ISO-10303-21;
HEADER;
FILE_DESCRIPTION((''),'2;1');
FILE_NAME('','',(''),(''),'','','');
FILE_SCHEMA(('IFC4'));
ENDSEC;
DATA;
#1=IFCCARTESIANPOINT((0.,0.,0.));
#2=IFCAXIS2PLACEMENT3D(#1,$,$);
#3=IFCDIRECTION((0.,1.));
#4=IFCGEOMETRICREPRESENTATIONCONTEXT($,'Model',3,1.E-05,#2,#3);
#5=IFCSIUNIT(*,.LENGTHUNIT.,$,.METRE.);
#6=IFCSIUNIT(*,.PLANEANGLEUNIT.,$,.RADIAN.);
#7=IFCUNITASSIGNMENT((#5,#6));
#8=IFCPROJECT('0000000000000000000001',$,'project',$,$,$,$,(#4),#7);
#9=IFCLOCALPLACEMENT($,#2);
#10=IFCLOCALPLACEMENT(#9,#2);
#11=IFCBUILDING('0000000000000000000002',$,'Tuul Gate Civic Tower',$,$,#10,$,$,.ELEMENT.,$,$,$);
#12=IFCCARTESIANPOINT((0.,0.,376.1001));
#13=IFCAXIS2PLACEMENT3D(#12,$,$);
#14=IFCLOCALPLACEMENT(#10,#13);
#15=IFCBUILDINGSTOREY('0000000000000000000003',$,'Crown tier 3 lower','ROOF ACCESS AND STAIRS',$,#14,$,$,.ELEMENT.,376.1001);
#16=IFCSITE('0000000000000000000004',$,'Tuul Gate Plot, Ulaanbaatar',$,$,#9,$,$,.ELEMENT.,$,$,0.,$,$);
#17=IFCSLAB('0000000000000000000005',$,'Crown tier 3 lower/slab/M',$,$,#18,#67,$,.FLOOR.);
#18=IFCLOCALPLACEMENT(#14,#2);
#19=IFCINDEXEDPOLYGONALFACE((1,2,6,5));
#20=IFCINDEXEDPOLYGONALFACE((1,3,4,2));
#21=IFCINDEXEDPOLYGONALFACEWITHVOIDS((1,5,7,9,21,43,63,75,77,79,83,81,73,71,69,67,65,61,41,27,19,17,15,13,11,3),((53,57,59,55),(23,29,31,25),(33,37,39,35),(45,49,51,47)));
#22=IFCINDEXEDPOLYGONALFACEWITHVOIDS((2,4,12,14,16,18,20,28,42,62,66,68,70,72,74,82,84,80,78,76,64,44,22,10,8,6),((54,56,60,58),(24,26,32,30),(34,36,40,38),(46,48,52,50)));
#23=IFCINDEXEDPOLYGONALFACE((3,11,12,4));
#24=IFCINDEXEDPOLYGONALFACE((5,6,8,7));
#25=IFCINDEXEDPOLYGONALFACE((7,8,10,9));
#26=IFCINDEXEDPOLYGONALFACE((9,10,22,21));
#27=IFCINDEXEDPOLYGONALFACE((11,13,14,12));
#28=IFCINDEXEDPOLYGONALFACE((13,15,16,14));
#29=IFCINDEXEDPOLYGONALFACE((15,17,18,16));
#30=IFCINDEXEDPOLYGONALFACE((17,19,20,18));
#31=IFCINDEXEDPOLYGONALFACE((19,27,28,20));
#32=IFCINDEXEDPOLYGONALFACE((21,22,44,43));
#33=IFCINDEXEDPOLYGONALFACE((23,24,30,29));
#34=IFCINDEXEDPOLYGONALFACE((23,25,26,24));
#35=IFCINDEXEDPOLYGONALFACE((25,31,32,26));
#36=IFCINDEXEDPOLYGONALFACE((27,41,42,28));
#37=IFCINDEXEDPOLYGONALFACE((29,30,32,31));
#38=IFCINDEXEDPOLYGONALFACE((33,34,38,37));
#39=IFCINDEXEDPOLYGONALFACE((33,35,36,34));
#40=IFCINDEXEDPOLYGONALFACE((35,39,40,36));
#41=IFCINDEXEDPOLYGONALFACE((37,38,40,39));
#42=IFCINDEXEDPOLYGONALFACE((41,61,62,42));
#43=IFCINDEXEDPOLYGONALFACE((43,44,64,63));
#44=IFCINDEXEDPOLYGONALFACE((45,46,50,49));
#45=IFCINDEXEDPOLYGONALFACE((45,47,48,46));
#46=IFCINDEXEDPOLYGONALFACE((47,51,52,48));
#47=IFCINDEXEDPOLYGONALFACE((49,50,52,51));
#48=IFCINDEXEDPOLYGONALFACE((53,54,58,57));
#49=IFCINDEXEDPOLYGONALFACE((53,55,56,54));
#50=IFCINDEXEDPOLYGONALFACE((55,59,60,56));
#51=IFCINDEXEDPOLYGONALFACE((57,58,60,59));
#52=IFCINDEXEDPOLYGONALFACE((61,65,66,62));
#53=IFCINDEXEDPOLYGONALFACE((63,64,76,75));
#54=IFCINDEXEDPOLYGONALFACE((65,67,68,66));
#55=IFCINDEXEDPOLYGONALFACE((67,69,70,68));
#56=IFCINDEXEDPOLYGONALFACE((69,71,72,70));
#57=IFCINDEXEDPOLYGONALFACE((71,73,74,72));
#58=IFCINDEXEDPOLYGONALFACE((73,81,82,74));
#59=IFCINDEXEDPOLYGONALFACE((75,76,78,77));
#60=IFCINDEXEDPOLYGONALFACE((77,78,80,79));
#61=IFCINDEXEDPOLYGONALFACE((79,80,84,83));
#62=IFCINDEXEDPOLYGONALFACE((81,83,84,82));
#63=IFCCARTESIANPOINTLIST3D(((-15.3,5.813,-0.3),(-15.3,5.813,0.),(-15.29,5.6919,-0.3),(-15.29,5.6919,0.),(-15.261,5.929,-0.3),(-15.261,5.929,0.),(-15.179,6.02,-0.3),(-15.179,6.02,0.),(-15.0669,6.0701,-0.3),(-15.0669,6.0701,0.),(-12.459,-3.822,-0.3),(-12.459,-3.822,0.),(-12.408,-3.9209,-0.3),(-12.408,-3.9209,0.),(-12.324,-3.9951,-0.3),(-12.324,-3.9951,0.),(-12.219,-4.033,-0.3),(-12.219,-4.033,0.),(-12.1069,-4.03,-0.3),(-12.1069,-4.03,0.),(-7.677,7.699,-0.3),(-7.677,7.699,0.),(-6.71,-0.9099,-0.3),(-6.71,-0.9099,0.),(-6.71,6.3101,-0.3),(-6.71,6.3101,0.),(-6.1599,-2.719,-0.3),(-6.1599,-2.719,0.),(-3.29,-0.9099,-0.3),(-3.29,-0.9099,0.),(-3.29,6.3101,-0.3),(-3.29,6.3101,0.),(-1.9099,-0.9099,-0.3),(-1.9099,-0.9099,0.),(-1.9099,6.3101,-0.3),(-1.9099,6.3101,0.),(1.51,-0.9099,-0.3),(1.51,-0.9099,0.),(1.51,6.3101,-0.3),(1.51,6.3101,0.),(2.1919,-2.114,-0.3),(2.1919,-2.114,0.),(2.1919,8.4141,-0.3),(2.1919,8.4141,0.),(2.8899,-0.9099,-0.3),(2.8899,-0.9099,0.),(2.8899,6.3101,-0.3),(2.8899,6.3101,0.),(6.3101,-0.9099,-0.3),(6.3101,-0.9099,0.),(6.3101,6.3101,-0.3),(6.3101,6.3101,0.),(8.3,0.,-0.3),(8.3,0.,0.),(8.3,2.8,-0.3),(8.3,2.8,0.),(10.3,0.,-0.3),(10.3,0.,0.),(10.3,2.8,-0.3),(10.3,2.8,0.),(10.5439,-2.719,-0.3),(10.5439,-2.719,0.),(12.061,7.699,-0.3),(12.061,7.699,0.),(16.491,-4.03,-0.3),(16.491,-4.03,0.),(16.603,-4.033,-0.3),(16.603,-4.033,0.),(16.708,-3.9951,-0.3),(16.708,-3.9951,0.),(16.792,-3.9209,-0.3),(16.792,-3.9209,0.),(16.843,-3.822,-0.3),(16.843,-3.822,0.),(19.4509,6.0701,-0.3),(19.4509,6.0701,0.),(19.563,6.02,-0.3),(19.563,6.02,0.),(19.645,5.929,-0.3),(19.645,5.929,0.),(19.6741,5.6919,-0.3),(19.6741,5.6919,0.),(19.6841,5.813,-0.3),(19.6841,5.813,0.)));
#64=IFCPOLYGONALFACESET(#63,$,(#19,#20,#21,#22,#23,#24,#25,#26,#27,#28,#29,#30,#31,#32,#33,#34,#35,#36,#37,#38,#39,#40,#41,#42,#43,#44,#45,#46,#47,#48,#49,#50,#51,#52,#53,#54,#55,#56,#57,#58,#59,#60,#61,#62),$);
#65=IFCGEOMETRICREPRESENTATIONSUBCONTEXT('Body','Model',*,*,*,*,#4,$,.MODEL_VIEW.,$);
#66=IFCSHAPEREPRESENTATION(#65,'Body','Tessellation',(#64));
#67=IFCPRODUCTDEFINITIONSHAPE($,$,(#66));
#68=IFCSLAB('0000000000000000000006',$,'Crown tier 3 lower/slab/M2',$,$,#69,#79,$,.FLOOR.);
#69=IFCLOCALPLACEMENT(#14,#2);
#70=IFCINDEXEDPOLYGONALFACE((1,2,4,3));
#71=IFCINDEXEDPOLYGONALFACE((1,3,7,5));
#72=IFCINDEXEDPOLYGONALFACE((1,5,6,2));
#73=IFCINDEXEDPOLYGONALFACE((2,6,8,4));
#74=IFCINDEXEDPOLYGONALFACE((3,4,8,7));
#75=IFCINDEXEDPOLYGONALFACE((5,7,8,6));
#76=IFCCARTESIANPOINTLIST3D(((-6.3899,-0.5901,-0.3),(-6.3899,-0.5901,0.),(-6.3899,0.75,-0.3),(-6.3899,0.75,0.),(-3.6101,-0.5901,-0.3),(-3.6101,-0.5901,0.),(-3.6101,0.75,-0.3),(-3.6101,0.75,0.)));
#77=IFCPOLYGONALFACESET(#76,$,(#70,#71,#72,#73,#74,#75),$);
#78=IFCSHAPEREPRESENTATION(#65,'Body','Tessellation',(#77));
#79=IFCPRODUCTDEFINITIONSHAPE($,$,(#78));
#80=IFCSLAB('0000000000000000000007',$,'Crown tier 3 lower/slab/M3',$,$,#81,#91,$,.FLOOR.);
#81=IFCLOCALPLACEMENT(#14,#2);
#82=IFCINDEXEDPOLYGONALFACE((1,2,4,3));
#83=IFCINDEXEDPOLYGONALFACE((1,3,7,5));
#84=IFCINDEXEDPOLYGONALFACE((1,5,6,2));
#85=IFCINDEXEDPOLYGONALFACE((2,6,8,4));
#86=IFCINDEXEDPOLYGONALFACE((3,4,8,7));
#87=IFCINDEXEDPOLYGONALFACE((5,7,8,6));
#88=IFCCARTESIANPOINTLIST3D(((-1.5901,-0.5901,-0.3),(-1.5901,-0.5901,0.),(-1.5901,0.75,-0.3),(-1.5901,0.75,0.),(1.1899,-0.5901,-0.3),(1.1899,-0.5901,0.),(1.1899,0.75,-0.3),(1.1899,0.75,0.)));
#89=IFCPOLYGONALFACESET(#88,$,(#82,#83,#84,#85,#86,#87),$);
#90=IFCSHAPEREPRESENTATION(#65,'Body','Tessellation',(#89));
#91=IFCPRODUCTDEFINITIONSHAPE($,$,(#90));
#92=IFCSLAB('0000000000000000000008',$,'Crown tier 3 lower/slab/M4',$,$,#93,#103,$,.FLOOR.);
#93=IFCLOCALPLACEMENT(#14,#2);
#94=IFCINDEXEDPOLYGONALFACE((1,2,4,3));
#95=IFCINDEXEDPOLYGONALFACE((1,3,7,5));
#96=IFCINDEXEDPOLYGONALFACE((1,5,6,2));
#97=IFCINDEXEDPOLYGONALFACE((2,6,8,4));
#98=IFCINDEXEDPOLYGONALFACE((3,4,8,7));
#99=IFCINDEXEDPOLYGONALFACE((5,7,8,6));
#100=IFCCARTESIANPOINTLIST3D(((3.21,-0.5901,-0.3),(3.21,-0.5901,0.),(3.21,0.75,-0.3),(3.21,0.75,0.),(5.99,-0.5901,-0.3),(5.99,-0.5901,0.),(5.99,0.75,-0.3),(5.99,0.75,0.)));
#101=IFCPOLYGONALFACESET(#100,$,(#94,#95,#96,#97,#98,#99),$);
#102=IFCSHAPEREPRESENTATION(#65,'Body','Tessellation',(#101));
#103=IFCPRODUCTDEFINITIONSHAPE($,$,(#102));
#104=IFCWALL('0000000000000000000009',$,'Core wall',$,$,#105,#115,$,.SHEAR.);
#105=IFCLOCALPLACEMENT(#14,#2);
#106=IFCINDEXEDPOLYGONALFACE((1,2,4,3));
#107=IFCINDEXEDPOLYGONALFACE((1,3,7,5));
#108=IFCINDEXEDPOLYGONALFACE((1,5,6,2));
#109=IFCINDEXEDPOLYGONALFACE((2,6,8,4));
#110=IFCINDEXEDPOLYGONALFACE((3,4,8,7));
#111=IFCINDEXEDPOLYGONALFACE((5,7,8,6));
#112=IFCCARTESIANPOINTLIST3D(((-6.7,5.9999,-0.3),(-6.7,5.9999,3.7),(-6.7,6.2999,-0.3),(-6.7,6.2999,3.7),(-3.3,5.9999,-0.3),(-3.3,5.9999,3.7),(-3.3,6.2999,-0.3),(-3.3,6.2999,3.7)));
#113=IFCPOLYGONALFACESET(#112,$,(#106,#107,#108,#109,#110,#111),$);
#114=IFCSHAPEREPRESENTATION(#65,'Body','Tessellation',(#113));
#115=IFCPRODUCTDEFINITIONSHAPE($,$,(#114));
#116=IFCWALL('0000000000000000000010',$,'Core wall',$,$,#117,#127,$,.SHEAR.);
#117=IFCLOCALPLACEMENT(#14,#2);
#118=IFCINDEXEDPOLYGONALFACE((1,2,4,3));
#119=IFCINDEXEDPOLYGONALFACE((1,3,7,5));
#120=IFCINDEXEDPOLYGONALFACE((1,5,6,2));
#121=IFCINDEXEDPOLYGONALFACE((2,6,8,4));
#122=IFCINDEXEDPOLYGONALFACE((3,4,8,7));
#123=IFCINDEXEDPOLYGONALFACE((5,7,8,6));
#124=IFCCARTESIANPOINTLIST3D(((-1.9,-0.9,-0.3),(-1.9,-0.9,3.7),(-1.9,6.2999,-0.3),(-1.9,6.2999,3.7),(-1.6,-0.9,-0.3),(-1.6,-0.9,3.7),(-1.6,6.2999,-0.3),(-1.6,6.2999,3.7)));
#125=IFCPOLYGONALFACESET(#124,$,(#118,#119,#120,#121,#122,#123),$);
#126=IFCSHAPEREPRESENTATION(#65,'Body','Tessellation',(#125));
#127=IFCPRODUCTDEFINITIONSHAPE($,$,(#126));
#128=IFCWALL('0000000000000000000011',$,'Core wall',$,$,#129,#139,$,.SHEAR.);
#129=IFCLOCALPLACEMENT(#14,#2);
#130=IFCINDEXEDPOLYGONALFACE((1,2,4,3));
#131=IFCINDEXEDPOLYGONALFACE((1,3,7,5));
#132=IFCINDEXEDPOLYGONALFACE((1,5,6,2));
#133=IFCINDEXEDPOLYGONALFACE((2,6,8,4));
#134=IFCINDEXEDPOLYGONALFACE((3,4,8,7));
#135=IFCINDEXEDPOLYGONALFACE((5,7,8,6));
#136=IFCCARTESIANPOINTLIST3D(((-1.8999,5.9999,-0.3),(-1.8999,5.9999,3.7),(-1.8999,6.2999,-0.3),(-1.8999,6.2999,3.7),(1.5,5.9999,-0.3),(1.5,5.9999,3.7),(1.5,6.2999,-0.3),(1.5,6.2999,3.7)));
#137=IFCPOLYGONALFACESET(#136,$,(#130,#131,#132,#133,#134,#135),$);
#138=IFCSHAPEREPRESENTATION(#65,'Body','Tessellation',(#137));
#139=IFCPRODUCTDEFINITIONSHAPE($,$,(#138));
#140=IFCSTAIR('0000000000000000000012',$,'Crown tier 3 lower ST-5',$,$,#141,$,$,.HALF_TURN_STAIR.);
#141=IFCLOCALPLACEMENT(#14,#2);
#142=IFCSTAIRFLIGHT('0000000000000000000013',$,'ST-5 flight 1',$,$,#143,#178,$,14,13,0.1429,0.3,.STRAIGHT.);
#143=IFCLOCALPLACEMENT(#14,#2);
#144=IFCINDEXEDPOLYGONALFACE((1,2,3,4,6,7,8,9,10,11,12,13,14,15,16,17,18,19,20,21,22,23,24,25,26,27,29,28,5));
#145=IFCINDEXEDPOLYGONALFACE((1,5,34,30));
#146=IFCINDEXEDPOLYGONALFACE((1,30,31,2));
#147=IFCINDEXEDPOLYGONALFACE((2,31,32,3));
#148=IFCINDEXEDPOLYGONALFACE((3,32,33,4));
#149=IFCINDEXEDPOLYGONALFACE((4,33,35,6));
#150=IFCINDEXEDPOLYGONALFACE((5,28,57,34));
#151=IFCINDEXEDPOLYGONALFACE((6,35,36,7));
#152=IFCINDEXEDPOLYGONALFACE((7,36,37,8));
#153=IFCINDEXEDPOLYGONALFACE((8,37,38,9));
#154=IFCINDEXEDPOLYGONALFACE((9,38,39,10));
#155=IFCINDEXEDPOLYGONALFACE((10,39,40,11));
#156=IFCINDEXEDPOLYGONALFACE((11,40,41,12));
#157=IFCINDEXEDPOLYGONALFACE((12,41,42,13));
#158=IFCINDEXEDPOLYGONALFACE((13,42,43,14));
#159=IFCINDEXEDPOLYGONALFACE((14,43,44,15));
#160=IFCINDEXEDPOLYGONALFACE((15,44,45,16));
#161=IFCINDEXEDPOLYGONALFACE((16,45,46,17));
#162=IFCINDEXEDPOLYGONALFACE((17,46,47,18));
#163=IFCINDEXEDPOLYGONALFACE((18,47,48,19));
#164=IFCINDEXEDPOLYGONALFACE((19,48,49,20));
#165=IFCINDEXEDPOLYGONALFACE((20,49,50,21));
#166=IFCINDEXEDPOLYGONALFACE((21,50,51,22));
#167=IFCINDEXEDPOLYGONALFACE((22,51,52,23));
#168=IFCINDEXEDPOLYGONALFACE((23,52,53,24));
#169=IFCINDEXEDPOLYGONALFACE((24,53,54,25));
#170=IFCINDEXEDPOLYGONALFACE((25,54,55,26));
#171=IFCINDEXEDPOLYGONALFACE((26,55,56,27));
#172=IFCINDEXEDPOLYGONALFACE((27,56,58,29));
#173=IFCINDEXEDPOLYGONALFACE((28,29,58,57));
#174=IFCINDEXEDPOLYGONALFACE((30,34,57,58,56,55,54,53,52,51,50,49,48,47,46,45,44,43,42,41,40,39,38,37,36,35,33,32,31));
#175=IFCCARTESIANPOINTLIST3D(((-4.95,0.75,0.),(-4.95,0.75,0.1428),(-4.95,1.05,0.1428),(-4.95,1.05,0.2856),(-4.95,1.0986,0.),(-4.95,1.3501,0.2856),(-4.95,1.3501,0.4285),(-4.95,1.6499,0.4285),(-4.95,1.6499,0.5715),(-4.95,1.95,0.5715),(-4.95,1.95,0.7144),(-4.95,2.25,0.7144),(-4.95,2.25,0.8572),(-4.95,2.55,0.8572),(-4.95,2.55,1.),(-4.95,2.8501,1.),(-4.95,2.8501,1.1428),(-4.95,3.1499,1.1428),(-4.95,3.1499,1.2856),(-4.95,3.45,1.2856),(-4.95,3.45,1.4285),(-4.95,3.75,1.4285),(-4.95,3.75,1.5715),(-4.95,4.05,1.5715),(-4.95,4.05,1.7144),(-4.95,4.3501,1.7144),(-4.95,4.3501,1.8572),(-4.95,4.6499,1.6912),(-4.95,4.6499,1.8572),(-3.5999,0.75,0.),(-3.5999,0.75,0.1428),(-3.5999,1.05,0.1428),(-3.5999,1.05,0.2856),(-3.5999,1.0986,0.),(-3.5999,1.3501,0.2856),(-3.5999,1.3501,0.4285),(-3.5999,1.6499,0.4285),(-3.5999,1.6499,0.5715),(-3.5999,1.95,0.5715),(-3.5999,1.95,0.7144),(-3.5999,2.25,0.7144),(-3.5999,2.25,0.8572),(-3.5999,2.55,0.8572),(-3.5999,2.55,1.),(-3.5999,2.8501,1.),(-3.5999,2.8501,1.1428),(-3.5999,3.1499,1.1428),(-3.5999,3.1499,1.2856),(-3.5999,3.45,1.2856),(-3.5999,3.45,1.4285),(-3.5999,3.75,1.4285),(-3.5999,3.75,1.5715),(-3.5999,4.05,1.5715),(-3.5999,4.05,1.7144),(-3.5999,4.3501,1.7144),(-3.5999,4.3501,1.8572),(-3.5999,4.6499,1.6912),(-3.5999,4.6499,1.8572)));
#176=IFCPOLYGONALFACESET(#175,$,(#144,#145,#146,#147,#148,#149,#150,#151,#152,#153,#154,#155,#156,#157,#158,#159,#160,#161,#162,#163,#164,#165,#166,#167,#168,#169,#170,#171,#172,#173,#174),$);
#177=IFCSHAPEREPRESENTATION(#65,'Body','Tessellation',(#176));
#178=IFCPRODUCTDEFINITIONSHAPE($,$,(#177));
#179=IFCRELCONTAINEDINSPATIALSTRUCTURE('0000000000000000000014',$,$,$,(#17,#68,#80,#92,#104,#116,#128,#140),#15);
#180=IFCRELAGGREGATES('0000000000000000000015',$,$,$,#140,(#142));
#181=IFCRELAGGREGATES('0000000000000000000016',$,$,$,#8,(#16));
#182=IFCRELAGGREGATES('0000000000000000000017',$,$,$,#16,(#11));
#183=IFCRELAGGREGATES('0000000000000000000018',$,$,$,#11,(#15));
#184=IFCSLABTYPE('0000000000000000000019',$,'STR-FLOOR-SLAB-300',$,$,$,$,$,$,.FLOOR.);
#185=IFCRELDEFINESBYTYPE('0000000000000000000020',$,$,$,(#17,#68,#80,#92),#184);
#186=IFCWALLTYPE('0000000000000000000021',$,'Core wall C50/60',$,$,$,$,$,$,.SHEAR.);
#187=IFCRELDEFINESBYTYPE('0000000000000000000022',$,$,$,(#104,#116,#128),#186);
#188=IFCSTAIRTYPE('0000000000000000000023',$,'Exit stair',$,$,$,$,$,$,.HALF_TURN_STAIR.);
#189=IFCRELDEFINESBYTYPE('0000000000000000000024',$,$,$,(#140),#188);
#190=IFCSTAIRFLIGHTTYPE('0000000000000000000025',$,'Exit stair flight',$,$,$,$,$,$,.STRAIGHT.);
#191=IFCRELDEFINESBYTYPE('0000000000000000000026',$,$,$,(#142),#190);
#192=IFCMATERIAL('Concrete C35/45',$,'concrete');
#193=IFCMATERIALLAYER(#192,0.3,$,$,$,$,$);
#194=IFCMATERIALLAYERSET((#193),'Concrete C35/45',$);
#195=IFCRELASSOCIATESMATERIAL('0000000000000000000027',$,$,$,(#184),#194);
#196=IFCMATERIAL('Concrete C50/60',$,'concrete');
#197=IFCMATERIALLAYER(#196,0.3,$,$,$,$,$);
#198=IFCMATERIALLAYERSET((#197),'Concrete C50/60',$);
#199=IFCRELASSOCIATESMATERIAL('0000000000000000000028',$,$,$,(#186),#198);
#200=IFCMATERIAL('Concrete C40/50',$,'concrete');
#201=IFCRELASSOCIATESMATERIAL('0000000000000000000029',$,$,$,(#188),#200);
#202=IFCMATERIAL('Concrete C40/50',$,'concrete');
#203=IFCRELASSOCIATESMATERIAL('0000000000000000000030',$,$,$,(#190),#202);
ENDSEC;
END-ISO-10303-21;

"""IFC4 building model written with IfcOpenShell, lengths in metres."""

from ifc_helpers import new_model, si_unit, direction, frame, frame_2d, origin, place, context, subcontext, project, spatial, polyline, rectangle, outline, extrude, material, layer, layer_set, type_object, element, aggregate, save


model = new_model("IFC4")

# Units and contexts
model_context = context("Model", 3, precision=1e-05, world=origin(), true_north=direction((0.0, 1.0)))
body_context = subcontext(model_context, "Body", "Model", "MODEL_VIEW")
ifc_project = project(units=[si_unit("LENGTHUNIT", "METRE"), si_unit("PLANEANGLEUNIT", "RADIAN")], contexts=[model_context])

# Site, building, storey
site_placement = place(None, origin())
site = spatial("IfcSite", under=ifc_project, at=site_placement, Name="Tuul Gate Plot, Ulaanbaatar", CompositionType="ELEMENT", RefElevation=0.0)
building_placement = place(site_placement, origin())
building = spatial("IfcBuilding", under=site, at=building_placement, Name="Tuul Gate Civic Tower", CompositionType="ELEMENT")
storey_placement = place(building_placement, frame((0.0, 0.0, 376.1001)))
storey = spatial("IfcBuildingStorey", under=building, at=storey_placement, Name="Crown tier 3 lower", Description="ROOF ACCESS AND STAIRS", CompositionType="ELEMENT", Elevation=376.1001)

# Slabs
ifc_material_1 = material(Name="Concrete C35/45", Category="concrete")
ifc_layer_1 = layer(ifc_material_1, 0.3)
ifc_layer_set_1 = layer_set([ifc_layer_1], Name="Concrete C35/45")
slab_type = type_object("IfcSlabType", Name="STR-FLOOR-SLAB-300", PredefinedType="FLOOR", material=ifc_layer_set_1)
slab_1_placement = place(storey_placement, frame((0.0, 0.0, -0.3)))
element("IfcSlab", 1, at=slab_1_placement, inside=storey, type_object=slab_type, Name="Crown tier 3 lower/slab/M", PredefinedType="FLOOR", context=body_context, shape_type="SweptSolid", body=[
    extrude(outline(polyline([(16.792, -3.9209), (16.843, -3.822), (19.6741, 5.6919), (19.6841, 5.813), (19.645, 5.929), (19.563, 6.02), (19.4509, 6.0701), (12.061, 7.699), (2.1919, 8.4141), (-7.677, 7.699), (-15.0669, 6.0701), (-15.179, 6.02), (-15.261, 5.929), (-15.3, 5.813), (-15.29, 5.6919), (-12.459, -3.822), (-12.408, -3.9209), (-12.324, -3.9951), (-12.219, -4.033), (-12.1069, -4.03), (-6.1599, -2.719), (2.1919, -2.114), (10.5439, -2.719), (16.491, -4.03), (16.603, -4.033), (16.708, -3.9951), (16.792, -3.9209)]), holes=[polyline([(10.3, 0.0), (8.3, 0.0), (8.3, 2.8), (10.3, 2.8), (10.3, 0.0)]), polyline([(-6.71, -0.9099), (-6.71, 6.3101), (-3.29, 6.3101), (-3.29, -0.9099), (-6.71, -0.9099)]), polyline([(-1.9099, -0.9099), (-1.9099, 6.3101), (1.51, 6.3101), (1.51, -0.9099), (-1.9099, -0.9099)]), polyline([(2.8899, -0.9099), (2.8899, 6.3101), (6.3101, 6.3101), (6.3101, -0.9099), (2.8899, -0.9099)])]), origin(), (0.0, 0.0, 1.0), 0.3),
])
slab_2_placement = place(storey_placement, frame((0.0, 0.0, -0.3)))
element("IfcSlab", 2, at=slab_2_placement, inside=storey, type_object=slab_type, Name="Crown tier 3 lower/slab/M2", PredefinedType="FLOOR", context=body_context, shape_type="SweptSolid", body=[
    extrude(outline(polyline([(-3.6101, 0.75), (-6.3899, 0.75), (-6.3899, -0.5901), (-3.6101, -0.5901), (-3.6101, 0.75)])), origin(), (0.0, 0.0, 1.0), 0.3),
])
slab_3_placement = place(storey_placement, frame((0.0, 0.0, -0.3)))
element("IfcSlab", 3, at=slab_3_placement, inside=storey, type_object=slab_type, Name="Crown tier 3 lower/slab/M3", PredefinedType="FLOOR", context=body_context, shape_type="SweptSolid", body=[
    extrude(outline(polyline([(1.1899, 0.75), (-1.5901, 0.75), (-1.5901, -0.5901), (1.1899, -0.5901), (1.1899, 0.75)])), origin(), (0.0, 0.0, 1.0), 0.3),
])
slab_4_placement = place(storey_placement, frame((0.0, 0.0, -0.3)))
element("IfcSlab", 4, at=slab_4_placement, inside=storey, type_object=slab_type, Name="Crown tier 3 lower/slab/M4", PredefinedType="FLOOR", context=body_context, shape_type="SweptSolid", body=[
    extrude(outline(polyline([(3.21, 0.75), (3.21, -0.5901), (5.99, -0.5901), (5.99, 0.75), (3.21, 0.75)])), origin(), (0.0, 0.0, 1.0), 0.3),
])

# Walls
ifc_material_2 = material(Name="Concrete C50/60", Category="concrete")
ifc_layer_2 = layer(ifc_material_2, 0.3)
ifc_layer_set_2 = layer_set([ifc_layer_2], Name="Concrete C50/60")
wall_type = type_object("IfcWallType", Name="Core wall C50/60", PredefinedType="SHEAR", material=ifc_layer_set_2)
wall_1_placement = place(storey_placement, frame((-3.3, 6.1499, -0.3), z_axis=(0.0, 0.0, 1.0), x_axis=(-1.0, 0.0, 0.0)))
element("IfcWall", 5, at=wall_1_placement, inside=storey, type_object=wall_type, Name="Core wall", PredefinedType="SHEAR", context=body_context, shape_type="SweptSolid", body=[
    extrude(rectangle(XDim=3.3999, YDim=0.3, at=frame_2d((1.7, 0.0))), origin(), (0.0, 0.0, 1.0), 4.0),
])
wall_2_placement = place(storey_placement, frame((-1.75, 6.3, -0.3), z_axis=(0.0, 0.0, 1.0), x_axis=(0.0, -1.0, 0.0)))
element("IfcWall", 6, at=wall_2_placement, inside=storey, type_object=wall_type, Name="Core wall", PredefinedType="SHEAR", context=body_context, shape_type="SweptSolid", body=[
    extrude(rectangle(XDim=7.2, YDim=0.3, at=frame_2d((3.6001, 0.0))), origin(), (0.0, 0.0, 1.0), 4.0),
])
wall_3_placement = place(storey_placement, frame((1.5, 6.1499, -0.3), z_axis=(0.0, 0.0, 1.0), x_axis=(-1.0, 0.0, 0.0)))
element("IfcWall", 7, at=wall_3_placement, inside=storey, type_object=wall_type, Name="Core wall", PredefinedType="SHEAR", context=body_context, shape_type="SweptSolid", body=[
    extrude(rectangle(XDim=3.3999, YDim=0.3, at=frame_2d((1.7, 0.0))), origin(), (0.0, 0.0, 1.0), 4.0),
])

# Stair, stair flight
ifc_material_3 = material(Name="Concrete C40/50", Category="concrete")
stair_type = type_object("IfcStairType", Name="Exit stair", PredefinedType="HALF_TURN_STAIR", material=ifc_material_3)
stair_1_placement = place(storey_placement, origin())
stair_1 = element("IfcStair", 8, at=stair_1_placement, inside=storey, type_object=stair_type, Name="Crown tier 3 lower ST-5", PredefinedType="HALF_TURN_STAIR")
ifc_material_4 = material(Name="Concrete C40/50", Category="concrete")
stair_flight_type = type_object("IfcStairFlightType", Name="Exit stair flight", PredefinedType="STRAIGHT", material=ifc_material_4)
stair_flight_1_placement = place(storey_placement, frame((-4.2749, 0.75, 0.0), z_axis=(0.0, 0.0, 1.0), x_axis=(0.0, 1.0, 0.0)))
stair_flight_1 = element("IfcStairFlight", 9, at=stair_flight_1_placement, type_object=stair_flight_type, Name="ST-5 flight 1", NumberOfRisers=14, NumberOfTreads=13, PredefinedType="STRAIGHT", RiserHeight=0.1429, TreadLength=0.3, context=body_context, shape_type="SweptSolid", body=[
    extrude(outline(polyline([(0.0, 0.0), (0.0, 0.1428), (0.3, 0.1428), (0.3, 0.2856), (0.6001, 0.2856), (0.6001, 0.4285), (0.8999, 0.4285), (0.8999, 0.5715), (1.2, 0.5715), (1.2, 0.7144), (1.5, 0.7144), (1.5, 0.8572), (1.8, 0.8572), (1.8, 1.0), (2.1001, 1.0), (2.1001, 1.1428), (2.3999, 1.1428), (2.3999, 1.2856), (2.7, 1.2856), (2.7, 1.4285), (3.0, 1.4285), (3.0, 1.5715), (3.3, 1.5715), (3.3, 1.7144), (3.6001, 1.7144), (3.6001, 1.8572), (3.8999, 1.8572), (3.8999, 2.0), (3.8999, 1.6912), (0.3486, 0.0), (0.0, 0.0)])), frame((0.0, 0.675, 0.0), z_axis=(0.0, -1.0, 0.0), x_axis=(1.0, 0.0, 0.0)), (0.0, 0.0, 1.0), 1.3501),
])
aggregate(stair_1, [stair_flight_1])

save(model, "model.ifc")
